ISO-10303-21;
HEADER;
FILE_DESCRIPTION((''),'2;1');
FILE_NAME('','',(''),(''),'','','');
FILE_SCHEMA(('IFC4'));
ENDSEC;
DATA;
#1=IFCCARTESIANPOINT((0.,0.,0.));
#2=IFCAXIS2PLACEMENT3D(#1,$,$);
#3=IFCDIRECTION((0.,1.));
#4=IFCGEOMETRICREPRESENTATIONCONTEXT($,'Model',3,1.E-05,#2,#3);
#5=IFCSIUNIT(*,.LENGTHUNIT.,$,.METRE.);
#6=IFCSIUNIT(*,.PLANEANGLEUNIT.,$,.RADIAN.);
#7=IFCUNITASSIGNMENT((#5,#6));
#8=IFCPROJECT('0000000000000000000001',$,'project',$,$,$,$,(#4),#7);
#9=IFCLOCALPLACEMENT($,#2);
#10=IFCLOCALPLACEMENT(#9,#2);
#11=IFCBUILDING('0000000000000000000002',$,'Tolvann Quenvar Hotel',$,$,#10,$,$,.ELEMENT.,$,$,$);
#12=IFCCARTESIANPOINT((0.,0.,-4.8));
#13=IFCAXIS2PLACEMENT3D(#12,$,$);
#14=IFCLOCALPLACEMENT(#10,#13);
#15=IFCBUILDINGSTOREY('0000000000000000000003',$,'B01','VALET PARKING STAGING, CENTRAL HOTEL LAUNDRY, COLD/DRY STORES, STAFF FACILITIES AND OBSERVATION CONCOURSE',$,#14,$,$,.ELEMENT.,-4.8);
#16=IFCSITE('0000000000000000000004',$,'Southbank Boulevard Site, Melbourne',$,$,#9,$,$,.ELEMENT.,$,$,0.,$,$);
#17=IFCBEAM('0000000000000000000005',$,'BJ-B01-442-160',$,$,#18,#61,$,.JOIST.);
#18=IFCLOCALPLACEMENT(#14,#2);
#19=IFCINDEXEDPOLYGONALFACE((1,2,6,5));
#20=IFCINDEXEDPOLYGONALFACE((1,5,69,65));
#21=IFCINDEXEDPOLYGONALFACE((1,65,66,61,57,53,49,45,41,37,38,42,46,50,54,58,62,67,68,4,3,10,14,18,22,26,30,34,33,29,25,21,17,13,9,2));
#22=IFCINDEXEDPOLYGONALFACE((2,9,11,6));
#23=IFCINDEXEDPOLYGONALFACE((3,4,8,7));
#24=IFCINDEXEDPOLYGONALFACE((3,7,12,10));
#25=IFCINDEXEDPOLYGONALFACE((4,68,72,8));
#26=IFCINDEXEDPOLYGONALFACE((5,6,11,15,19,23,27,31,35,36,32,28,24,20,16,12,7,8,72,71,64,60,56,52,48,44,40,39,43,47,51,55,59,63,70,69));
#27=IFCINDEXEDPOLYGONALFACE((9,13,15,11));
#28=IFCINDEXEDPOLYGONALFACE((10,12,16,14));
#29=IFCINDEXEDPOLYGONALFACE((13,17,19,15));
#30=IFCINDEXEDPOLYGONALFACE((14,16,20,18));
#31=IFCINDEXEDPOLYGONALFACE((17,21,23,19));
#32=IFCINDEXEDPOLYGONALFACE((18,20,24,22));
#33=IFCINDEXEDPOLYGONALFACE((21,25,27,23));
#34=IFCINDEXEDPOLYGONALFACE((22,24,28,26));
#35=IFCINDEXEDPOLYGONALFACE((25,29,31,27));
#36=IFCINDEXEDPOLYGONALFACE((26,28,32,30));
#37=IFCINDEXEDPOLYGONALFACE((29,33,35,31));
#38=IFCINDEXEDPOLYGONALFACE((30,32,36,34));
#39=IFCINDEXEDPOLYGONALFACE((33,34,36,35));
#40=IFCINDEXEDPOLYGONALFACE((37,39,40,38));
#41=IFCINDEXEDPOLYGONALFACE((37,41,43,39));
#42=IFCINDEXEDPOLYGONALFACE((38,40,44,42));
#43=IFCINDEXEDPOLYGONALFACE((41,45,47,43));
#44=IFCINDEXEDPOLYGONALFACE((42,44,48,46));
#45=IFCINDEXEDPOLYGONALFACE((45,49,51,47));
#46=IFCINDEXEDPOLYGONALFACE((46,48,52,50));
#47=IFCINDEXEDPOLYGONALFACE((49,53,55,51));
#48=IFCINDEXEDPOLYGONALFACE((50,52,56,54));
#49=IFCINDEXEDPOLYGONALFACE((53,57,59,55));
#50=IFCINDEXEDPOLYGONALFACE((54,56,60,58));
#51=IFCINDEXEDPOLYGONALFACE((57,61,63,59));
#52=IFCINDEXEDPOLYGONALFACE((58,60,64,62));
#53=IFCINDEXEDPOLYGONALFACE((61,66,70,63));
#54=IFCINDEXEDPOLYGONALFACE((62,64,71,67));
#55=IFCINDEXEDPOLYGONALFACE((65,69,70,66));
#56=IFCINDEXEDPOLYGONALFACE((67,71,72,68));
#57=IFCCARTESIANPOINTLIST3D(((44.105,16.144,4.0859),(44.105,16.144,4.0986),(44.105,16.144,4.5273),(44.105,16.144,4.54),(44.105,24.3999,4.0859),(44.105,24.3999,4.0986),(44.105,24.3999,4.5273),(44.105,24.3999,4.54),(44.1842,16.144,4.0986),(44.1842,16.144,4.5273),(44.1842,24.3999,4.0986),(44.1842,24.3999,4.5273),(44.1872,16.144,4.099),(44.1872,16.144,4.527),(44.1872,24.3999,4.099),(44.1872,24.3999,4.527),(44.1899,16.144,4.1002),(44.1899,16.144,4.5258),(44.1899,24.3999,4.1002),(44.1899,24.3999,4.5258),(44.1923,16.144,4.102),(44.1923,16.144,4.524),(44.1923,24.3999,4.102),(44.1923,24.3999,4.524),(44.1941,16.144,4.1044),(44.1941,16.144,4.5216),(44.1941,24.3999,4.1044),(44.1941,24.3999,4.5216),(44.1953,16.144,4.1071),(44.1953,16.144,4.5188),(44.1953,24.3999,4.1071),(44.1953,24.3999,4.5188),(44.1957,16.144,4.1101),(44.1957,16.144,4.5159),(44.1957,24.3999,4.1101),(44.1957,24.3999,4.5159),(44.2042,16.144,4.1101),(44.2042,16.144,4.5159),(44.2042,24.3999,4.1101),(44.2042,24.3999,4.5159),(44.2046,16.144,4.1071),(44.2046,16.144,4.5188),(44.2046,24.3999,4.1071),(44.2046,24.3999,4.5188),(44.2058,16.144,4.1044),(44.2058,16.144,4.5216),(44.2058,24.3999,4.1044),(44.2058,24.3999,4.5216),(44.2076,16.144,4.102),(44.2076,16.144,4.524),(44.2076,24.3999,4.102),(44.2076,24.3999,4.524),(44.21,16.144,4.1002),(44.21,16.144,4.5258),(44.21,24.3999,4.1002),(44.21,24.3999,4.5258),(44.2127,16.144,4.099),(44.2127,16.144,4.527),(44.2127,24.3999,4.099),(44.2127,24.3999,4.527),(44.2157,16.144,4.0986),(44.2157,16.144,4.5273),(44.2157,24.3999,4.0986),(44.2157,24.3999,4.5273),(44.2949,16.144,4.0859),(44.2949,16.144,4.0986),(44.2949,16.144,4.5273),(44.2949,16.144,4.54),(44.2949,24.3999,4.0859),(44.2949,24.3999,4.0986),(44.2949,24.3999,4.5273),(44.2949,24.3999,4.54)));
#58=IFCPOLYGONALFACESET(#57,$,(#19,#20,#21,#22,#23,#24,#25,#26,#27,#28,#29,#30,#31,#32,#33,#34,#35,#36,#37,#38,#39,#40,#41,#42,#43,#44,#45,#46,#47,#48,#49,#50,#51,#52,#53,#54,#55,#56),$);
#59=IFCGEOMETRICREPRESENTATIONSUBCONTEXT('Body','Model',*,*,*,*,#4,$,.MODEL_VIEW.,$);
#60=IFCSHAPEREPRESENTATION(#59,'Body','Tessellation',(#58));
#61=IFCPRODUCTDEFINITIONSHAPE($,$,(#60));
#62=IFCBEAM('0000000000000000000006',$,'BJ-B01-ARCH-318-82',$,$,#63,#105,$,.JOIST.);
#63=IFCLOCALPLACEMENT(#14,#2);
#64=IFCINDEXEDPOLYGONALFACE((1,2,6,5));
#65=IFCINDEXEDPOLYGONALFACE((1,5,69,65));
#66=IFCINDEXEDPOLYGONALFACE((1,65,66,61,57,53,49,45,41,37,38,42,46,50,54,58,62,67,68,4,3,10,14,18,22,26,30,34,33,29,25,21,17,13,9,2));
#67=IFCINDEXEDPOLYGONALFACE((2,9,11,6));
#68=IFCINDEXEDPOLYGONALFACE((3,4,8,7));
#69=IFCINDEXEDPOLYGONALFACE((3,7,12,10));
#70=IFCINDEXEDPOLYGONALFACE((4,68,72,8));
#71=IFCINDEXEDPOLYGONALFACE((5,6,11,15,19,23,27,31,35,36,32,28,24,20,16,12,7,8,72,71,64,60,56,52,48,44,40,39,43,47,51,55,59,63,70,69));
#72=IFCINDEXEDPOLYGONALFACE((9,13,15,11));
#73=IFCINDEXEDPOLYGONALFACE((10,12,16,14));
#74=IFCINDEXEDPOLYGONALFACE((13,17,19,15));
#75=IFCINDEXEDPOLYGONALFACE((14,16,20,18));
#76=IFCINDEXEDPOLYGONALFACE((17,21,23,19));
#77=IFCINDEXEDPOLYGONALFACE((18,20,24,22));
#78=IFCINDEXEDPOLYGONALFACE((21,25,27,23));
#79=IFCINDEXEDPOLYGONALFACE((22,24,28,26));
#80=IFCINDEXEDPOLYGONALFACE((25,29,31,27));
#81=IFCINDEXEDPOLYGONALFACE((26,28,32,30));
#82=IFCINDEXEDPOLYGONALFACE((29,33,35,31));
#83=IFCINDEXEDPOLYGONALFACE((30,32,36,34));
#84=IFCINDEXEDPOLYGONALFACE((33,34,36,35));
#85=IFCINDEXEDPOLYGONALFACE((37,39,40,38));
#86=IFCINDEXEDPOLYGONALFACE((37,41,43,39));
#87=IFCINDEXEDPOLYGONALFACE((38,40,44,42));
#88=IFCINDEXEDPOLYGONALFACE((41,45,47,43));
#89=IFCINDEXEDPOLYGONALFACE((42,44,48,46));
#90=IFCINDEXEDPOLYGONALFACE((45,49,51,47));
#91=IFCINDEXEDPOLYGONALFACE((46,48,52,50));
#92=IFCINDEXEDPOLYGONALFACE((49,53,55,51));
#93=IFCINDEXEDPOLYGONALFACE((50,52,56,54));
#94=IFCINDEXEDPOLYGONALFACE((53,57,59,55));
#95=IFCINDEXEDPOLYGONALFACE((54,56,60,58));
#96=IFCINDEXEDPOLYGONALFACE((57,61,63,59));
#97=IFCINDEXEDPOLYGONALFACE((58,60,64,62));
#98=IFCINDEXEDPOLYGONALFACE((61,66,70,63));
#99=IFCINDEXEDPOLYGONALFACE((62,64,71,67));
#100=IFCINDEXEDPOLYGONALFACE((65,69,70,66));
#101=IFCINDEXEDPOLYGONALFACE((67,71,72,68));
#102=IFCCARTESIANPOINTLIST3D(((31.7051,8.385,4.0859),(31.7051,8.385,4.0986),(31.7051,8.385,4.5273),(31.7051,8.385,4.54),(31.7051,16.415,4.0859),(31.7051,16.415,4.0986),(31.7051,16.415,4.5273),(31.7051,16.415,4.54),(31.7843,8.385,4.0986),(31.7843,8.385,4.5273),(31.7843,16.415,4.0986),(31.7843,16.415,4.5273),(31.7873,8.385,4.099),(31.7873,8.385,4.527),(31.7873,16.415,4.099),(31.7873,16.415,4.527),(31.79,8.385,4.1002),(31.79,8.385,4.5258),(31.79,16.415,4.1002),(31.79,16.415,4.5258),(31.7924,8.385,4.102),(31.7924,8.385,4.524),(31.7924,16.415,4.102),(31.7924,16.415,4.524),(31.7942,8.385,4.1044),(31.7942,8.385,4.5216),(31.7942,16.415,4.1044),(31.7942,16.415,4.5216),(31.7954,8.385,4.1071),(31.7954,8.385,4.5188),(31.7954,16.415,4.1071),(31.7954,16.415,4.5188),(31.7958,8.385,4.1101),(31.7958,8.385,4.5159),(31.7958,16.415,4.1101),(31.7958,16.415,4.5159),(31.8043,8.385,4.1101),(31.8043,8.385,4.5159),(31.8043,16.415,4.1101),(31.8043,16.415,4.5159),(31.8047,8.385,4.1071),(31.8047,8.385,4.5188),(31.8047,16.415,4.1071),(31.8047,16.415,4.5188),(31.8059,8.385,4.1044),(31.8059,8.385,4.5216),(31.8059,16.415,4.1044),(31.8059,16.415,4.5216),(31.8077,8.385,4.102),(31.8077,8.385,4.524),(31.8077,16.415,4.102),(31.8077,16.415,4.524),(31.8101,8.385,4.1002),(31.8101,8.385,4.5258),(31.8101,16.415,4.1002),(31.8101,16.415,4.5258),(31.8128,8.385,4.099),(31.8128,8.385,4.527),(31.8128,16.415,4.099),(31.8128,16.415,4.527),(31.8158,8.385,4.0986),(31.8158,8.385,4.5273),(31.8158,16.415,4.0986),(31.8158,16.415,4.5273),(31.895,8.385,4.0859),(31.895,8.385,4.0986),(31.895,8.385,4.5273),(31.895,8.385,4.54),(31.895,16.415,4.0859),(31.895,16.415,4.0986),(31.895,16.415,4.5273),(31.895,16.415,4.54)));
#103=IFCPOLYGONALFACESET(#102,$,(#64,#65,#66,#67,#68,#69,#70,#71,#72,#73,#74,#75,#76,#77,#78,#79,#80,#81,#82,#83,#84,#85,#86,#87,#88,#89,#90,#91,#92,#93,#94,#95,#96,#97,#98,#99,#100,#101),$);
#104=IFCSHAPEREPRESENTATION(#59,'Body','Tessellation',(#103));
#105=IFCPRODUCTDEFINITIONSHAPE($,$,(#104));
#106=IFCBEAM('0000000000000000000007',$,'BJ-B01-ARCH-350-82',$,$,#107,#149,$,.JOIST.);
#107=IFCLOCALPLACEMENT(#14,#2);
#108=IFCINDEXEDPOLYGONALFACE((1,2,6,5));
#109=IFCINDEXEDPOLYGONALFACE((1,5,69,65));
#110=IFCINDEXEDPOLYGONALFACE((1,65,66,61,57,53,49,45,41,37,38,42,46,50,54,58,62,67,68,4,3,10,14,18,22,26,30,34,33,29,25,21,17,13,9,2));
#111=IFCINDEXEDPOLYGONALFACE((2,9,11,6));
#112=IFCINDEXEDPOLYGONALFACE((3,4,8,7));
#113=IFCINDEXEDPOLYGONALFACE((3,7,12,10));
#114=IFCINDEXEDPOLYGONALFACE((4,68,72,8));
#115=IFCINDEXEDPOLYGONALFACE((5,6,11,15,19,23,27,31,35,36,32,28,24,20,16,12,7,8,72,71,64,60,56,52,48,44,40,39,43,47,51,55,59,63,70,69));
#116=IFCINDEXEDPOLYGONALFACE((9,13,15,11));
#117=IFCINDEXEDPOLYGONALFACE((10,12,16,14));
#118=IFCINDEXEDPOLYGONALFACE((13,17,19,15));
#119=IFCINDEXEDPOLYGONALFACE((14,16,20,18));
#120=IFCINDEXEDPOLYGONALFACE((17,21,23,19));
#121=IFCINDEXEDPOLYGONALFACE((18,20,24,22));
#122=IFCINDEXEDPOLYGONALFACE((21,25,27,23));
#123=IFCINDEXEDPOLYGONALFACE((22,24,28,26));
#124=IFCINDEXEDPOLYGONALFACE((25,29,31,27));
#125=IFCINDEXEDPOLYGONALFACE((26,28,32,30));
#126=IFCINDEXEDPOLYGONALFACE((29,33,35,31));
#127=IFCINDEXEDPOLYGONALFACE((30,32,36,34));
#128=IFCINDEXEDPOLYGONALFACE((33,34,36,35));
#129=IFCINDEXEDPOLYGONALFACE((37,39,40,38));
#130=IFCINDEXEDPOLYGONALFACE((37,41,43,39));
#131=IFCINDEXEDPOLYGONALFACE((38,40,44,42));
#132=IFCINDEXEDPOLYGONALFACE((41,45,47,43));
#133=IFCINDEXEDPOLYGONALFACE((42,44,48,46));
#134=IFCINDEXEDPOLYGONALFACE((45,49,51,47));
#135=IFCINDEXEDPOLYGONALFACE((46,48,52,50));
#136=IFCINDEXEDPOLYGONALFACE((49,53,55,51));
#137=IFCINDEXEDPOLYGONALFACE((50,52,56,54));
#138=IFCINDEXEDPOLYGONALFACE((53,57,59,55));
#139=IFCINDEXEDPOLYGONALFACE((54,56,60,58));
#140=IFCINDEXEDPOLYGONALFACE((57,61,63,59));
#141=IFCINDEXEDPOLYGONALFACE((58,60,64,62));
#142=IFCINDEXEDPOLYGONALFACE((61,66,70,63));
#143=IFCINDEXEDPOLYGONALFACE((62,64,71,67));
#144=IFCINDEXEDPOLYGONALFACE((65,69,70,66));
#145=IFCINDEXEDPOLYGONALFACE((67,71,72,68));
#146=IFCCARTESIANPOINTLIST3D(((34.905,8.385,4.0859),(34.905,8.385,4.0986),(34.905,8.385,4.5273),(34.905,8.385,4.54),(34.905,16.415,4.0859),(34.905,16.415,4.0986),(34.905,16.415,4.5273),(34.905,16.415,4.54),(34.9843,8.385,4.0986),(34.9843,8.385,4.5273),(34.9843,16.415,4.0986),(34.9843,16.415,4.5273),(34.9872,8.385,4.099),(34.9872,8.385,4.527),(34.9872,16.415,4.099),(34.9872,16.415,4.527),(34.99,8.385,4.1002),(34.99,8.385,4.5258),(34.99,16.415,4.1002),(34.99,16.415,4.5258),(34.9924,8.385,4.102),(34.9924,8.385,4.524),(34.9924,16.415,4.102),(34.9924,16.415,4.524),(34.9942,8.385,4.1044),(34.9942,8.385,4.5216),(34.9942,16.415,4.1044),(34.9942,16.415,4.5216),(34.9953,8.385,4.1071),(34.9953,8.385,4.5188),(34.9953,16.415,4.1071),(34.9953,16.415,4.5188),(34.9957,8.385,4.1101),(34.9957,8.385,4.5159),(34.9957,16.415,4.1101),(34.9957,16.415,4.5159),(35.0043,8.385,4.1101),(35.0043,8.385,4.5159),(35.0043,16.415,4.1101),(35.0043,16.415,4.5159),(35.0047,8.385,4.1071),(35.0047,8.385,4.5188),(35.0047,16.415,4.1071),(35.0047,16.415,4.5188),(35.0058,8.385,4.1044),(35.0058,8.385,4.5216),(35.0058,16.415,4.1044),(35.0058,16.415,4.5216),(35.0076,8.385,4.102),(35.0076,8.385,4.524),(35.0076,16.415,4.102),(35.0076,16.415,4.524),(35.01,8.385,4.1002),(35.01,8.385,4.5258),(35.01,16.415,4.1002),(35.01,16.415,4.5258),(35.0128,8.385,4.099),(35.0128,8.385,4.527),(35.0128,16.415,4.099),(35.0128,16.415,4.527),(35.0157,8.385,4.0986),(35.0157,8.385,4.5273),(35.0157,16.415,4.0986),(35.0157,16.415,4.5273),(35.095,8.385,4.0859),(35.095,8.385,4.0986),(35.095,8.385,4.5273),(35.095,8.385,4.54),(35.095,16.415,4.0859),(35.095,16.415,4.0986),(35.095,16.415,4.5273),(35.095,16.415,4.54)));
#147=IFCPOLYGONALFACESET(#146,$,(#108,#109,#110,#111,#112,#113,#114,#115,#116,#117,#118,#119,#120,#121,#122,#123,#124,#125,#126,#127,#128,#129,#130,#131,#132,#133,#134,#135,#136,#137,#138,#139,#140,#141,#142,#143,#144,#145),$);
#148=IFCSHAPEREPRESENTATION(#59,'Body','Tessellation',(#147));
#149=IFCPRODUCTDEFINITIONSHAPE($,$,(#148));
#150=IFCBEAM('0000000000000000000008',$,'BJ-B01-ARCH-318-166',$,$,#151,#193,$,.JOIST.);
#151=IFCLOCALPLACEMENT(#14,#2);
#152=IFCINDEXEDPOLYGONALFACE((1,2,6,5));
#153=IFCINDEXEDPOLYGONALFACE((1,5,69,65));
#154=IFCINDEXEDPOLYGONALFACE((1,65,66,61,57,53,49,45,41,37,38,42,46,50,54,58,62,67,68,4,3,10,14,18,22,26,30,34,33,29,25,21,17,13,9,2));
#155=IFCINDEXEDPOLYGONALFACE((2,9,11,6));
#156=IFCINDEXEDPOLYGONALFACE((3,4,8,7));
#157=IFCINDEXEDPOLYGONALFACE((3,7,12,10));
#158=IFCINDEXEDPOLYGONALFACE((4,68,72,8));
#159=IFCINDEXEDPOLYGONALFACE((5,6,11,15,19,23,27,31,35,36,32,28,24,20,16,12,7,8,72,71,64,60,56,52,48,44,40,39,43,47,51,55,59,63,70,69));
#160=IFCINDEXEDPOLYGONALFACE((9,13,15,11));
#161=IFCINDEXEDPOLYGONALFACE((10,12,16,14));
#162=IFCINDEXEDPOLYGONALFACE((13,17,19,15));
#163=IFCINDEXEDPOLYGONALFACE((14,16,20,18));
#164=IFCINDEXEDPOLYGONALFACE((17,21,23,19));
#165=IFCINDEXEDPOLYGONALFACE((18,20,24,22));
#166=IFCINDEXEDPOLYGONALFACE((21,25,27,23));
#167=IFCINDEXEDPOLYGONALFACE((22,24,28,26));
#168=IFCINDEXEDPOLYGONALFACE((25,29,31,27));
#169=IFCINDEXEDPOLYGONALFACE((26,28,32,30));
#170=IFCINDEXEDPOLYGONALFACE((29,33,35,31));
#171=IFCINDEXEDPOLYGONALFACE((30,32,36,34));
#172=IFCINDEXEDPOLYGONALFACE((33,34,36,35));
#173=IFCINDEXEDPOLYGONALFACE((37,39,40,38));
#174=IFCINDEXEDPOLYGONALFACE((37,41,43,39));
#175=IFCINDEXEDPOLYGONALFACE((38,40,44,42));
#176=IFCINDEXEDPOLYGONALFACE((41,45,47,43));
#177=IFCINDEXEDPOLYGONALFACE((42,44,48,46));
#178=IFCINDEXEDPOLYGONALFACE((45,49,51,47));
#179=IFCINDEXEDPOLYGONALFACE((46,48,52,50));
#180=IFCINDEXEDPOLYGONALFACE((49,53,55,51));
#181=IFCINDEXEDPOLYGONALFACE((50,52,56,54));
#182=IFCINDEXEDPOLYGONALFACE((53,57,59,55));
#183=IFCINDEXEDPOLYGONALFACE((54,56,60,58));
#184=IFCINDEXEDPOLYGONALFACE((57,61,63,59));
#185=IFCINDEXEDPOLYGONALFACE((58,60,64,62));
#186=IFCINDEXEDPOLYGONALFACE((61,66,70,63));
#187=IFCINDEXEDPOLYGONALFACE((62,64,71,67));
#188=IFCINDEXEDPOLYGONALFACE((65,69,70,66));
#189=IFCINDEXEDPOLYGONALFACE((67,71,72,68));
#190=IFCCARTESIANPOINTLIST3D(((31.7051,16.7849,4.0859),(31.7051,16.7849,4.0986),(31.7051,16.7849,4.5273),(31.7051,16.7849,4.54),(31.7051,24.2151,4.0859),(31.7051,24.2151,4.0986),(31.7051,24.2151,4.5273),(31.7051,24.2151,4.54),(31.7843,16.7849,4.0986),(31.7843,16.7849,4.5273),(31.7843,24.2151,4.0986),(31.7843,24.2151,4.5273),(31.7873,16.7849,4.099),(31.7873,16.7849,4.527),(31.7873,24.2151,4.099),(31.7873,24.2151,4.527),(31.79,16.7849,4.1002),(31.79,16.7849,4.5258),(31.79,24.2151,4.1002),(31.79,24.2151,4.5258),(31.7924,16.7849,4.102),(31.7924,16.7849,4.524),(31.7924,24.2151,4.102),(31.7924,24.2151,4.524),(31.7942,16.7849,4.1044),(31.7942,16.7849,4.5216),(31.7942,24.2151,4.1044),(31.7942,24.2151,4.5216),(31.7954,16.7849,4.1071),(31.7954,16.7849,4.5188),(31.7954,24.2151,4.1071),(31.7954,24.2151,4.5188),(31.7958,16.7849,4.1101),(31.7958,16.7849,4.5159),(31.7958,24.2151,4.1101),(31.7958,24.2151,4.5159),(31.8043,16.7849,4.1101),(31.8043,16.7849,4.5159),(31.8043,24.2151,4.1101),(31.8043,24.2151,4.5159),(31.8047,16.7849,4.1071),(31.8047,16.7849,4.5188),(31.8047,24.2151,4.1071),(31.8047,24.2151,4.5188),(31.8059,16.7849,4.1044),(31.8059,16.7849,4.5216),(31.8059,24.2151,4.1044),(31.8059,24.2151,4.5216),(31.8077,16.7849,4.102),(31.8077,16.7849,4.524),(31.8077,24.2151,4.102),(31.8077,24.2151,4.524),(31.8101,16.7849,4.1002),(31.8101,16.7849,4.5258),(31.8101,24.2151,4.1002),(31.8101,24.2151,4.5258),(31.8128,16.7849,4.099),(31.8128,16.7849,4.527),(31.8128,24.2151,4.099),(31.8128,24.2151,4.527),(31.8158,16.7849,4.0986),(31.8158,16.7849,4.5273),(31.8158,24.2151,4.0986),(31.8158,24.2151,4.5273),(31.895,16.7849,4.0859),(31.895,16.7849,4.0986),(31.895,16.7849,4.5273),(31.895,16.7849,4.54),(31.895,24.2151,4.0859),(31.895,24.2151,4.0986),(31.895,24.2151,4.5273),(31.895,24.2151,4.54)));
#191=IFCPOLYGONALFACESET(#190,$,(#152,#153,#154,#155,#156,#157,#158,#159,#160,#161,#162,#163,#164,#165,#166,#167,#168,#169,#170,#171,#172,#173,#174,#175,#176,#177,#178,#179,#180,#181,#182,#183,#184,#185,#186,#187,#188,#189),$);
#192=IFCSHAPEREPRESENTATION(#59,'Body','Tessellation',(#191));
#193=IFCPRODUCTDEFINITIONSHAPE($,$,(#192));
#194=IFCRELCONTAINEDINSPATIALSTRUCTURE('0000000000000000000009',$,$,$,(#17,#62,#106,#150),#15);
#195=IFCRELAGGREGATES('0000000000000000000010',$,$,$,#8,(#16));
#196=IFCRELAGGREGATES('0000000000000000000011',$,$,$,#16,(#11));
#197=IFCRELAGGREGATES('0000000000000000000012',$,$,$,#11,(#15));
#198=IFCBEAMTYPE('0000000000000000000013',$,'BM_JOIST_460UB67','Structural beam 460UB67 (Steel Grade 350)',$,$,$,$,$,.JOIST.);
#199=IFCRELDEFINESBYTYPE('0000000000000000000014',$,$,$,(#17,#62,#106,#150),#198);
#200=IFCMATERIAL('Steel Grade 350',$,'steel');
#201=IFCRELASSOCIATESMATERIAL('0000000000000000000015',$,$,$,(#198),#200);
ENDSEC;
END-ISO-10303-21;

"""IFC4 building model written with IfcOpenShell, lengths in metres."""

from ifc_helpers import new_model, si_unit, direction, frame, origin, origin_2d, place, context, subcontext, project, spatial, i_section, extrude, source, transform, mapped, material, material_profile, profile_set, type_object, element, save


model = new_model("IFC4")

# Units and contexts
model_context = context("Model", 3, precision=1e-05, world=origin(), true_north=direction((0.0, 1.0)))
body_context = subcontext(model_context, "Body", "Model", "MODEL_VIEW")
ifc_project = project(units=[si_unit("LENGTHUNIT", "METRE"), si_unit("PLANEANGLEUNIT", "RADIAN")], contexts=[model_context])

# Site, building, storey
site_placement = place(None, origin())
site = spatial("IfcSite", under=ifc_project, at=site_placement, Name="Southbank Boulevard Site, Melbourne", CompositionType="ELEMENT", RefElevation=0.0)
building_placement = place(site_placement, origin())
building = spatial("IfcBuilding", under=site, at=building_placement, Name="Tolvann Quenvar Hotel", CompositionType="ELEMENT")
storey_placement = place(building_placement, frame((0.0, 0.0, -4.8)))
storey = spatial("IfcBuildingStorey", under=building, at=storey_placement, Name="B01", Description="VALET PARKING STAGING, CENTRAL HOTEL LAUNDRY, COLD/DRY STORES, STAFF FACILITIES AND OBSERVATION CONCOURSE", CompositionType="ELEMENT", Elevation=-4.8)

# Beams
ifc_material_1 = material(Name="Steel Grade 350", Category="steel")
ifc_material_profile_1 = material_profile(ifc_material_1, i_section(OverallWidth=0.1899, OverallDepth=0.4541, WebThickness=0.0085, FlangeThickness=0.0127, FilletRadius=0.0115, at=origin_2d()), Name="460UB67")
ifc_profile_set_1 = profile_set([ifc_material_profile_1], Name="Steel Grade 350")
beam_type_1 = type_object("IfcBeamType", Name="BM_JOIST_460UB67", Description="Structural beam 460UB67 (Steel Grade 350)", PredefinedType="JOIST", material=ifc_profile_set_1)
shared_shape_1 = source(origin(), body_context, "Body", "SweptSolid", [
    extrude(i_section(OverallWidth=0.1899, OverallDepth=0.4541, WebThickness=0.0085, FlangeThickness=0.0127, FilletRadius=0.0115, at=origin_2d()), origin(), (0.0, 0.0, 1.0), 8.2559),
])
for number, where, z_axis, x_axis, name in (
    (1, (44.2, 16.144, 4.313), (0.0, 1.0, 0.0), (-1.0, 0.0, 0.0), "BJ-B01-442-160"),
):
    element("IfcBeam", number, at=place(storey_placement, frame(where, z_axis=z_axis, x_axis=x_axis)), inside=storey, type_object=beam_type_1, Name=name, PredefinedType="JOIST", context=body_context, shape_type="MappedRepresentation", body=[
        mapped(shared_shape_1, transform((0.0, 0.0, 0.0), x_axis=(1.0, 0.0, 0.0), y_axis=(0.0, 1.0, 0.0), z_axis=(0.0, 0.0, 1.0), scale=1.0)),
    ])
shared_shape_2 = source(origin(), body_context, "Body", "SweptSolid", [
    extrude(i_section(OverallWidth=0.1899, OverallDepth=0.4541, WebThickness=0.0085, FlangeThickness=0.0127, FilletRadius=0.0115, at=origin_2d()), origin(), (0.0, 0.0, 1.0), 8.03),
])
for number, where, z_axis, x_axis, name in (
    (2, (31.8, 8.385, 4.313), (0.0, 1.0, 0.0), (-1.0, 0.0, 0.0), "BJ-B01-ARCH-318-82"),
    (3, (35.0, 8.385, 4.313), (0.0, 1.0, 0.0), (-1.0, 0.0, 0.0), "BJ-B01-ARCH-350-82"),
):
    element("IfcBeam", number, at=place(storey_placement, frame(where, z_axis=z_axis, x_axis=x_axis)), inside=storey, type_object=beam_type_1, Name=name, PredefinedType="JOIST", context=body_context, shape_type="MappedRepresentation", body=[
        mapped(shared_shape_2, transform((0.0, 0.0, 0.0), x_axis=(1.0, 0.0, 0.0), y_axis=(0.0, 1.0, 0.0), z_axis=(0.0, 0.0, 1.0), scale=1.0)),
    ])
shared_shape_3 = source(origin(), body_context, "Body", "SweptSolid", [
    extrude(i_section(OverallWidth=0.1899, OverallDepth=0.4541, WebThickness=0.0085, FlangeThickness=0.0127, FilletRadius=0.0115, at=origin_2d()), origin(), (0.0, 0.0, 1.0), 7.4302),
])
for number, where, z_axis, x_axis, name in (
    (4, (31.8, 16.7849, 4.313), (0.0, 1.0, 0.0), (-1.0, 0.0, 0.0), "BJ-B01-ARCH-318-166"),
):
    element("IfcBeam", number, at=place(storey_placement, frame(where, z_axis=z_axis, x_axis=x_axis)), inside=storey, type_object=beam_type_1, Name=name, PredefinedType="JOIST", context=body_context, shape_type="MappedRepresentation", body=[
        mapped(shared_shape_3, transform((0.0, 0.0, 0.0), x_axis=(1.0, 0.0, 0.0), y_axis=(0.0, 1.0, 0.0), z_axis=(0.0, 0.0, 1.0), scale=1.0)),
    ])

save(model, "model.ifc")
